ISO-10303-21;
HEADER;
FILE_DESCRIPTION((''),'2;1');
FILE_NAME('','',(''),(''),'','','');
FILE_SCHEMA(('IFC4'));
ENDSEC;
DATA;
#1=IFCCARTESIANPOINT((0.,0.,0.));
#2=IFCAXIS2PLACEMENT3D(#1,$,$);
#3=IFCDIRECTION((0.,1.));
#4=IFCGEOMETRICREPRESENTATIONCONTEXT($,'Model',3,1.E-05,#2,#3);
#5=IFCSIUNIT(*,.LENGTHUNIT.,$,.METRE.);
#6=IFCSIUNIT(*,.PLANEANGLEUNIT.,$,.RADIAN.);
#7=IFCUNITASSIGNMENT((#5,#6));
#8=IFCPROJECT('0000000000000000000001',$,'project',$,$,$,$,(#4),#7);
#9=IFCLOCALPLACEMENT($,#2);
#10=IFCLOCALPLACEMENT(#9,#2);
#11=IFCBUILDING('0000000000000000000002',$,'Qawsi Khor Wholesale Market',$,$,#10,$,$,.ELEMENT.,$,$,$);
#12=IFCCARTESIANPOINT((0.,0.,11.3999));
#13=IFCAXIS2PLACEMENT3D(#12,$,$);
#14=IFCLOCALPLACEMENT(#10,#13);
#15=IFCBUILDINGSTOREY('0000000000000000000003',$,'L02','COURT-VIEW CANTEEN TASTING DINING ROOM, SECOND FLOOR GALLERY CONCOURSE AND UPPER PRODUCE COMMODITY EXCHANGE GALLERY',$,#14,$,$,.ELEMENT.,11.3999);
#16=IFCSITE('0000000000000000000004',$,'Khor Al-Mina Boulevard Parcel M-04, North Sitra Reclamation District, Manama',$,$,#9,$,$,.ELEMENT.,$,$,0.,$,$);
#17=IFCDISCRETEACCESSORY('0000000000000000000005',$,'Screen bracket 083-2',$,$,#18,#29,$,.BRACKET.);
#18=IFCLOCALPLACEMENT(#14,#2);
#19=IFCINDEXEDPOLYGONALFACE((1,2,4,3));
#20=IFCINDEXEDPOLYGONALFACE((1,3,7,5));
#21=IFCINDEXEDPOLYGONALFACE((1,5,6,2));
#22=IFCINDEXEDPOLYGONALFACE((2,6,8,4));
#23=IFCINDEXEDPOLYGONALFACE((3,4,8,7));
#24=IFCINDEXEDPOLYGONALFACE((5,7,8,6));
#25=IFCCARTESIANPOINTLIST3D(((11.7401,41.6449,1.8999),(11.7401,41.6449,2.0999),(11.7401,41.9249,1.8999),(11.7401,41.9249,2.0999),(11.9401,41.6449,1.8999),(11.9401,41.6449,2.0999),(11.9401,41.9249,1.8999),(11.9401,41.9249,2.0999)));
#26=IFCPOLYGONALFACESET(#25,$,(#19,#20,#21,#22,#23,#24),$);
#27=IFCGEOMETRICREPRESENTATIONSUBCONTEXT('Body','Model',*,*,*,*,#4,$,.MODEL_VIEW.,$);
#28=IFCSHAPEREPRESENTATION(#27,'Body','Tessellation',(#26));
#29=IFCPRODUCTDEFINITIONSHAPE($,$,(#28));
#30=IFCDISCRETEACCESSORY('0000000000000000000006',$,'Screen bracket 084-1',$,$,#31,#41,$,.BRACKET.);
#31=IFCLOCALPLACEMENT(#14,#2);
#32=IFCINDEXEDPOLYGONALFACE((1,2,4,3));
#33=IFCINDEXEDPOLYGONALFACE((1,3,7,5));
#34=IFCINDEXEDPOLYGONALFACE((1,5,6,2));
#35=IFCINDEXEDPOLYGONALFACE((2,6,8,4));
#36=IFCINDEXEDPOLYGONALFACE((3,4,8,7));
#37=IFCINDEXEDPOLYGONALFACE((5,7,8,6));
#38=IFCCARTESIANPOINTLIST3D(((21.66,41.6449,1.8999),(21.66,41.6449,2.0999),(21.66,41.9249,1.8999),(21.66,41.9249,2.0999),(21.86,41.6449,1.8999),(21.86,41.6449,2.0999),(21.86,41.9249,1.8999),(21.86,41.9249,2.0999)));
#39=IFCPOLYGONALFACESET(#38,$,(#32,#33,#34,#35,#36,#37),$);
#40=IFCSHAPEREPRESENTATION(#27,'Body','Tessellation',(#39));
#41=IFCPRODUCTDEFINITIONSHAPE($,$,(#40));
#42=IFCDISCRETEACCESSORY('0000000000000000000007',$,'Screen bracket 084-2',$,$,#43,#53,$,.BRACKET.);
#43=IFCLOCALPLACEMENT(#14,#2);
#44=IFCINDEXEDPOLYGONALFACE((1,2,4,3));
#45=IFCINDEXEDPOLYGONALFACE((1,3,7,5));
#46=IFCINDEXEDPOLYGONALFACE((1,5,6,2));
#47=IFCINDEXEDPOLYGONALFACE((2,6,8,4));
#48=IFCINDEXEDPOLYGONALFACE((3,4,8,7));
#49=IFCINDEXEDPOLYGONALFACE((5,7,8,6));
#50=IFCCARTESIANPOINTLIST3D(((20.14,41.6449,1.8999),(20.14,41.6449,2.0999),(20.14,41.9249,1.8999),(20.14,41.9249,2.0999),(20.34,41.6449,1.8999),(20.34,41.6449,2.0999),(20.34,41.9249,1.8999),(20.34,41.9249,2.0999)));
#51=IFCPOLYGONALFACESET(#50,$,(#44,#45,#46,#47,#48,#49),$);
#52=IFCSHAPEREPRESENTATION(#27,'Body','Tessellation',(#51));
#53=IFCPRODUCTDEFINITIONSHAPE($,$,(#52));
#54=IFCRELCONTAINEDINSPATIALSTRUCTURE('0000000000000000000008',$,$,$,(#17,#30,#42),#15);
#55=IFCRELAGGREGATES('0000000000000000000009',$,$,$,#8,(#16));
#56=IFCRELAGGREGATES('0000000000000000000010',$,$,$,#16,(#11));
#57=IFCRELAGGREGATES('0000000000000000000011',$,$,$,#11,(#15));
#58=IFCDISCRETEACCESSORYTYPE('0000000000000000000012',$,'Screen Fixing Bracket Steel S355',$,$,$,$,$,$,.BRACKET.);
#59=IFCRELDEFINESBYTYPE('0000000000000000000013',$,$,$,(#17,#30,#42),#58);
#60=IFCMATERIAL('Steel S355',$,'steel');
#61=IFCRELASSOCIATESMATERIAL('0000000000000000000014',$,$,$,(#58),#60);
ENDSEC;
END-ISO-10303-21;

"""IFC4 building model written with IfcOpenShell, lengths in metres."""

from ifc_helpers import new_model, si_unit, direction, frame, origin, origin_2d, place, context, subcontext, project, spatial, rectangle, extrude, material, type_object, element, save


model = new_model("IFC4")

# Units and contexts
model_context = context("Model", 3, precision=1e-05, world=origin(), true_north=direction((0.0, 1.0)))
body_context = subcontext(model_context, "Body", "Model", "MODEL_VIEW")
ifc_project = project(units=[si_unit("LENGTHUNIT", "METRE"), si_unit("PLANEANGLEUNIT", "RADIAN")], contexts=[model_context])

# Site, building, storey
site_placement = place(None, origin())
site = spatial("IfcSite", under=ifc_project, at=site_placement, Name="Khor Al-Mina Boulevard Parcel M-04, North Sitra Reclamation District, Manama", CompositionType="ELEMENT", RefElevation=0.0)
building_placement = place(site_placement, origin())
building = spatial("IfcBuilding", under=site, at=building_placement, Name="Qawsi Khor Wholesale Market", CompositionType="ELEMENT")
storey_placement = place(building_placement, frame((0.0, 0.0, 11.3999)))
storey = spatial("IfcBuildingStorey", under=building, at=storey_placement, Name="L02", Description="COURT-VIEW CANTEEN TASTING DINING ROOM, SECOND FLOOR GALLERY CONCOURSE AND UPPER PRODUCE COMMODITY EXCHANGE GALLERY", CompositionType="ELEMENT", Elevation=11.3999)

# Shared definitions
ifc_material_1 = material(Name="Steel S355", Category="steel")

# Discrete accessories
discrete_accessory_type = type_object("IfcDiscreteAccessoryType", Name="Screen Fixing Bracket Steel S355", PredefinedType="BRACKET", material=ifc_material_1)
for number, where, z_axis, x_axis, name in (
    (1, (11.8401, 41.7849, 1.8999), (0.0, 0.0, 1.0), (1.0, 0.0, 0.0), "Screen bracket 083-2"),
    (2, (21.76, 41.7849, 1.8999), (0.0, 0.0, 1.0), (1.0, 0.0, 0.0), "Screen bracket 084-1"),
    (3, (20.24, 41.7849, 1.8999), (0.0, 0.0, 1.0), (1.0, 0.0, 0.0), "Screen bracket 084-2"),
):
    element("IfcDiscreteAccessory", number, at=place(storey_placement, frame(where, z_axis=z_axis, x_axis=x_axis)), inside=storey, type_object=discrete_accessory_type, Name=name, PredefinedType="BRACKET", context=body_context, shape_type="SweptSolid", body=[
        extrude(rectangle(XDim=0.2, YDim=0.28, at=origin_2d()), origin(), (0.0, 0.0, 1.0), 0.2),
    ])

save(model, "model.ifc")
